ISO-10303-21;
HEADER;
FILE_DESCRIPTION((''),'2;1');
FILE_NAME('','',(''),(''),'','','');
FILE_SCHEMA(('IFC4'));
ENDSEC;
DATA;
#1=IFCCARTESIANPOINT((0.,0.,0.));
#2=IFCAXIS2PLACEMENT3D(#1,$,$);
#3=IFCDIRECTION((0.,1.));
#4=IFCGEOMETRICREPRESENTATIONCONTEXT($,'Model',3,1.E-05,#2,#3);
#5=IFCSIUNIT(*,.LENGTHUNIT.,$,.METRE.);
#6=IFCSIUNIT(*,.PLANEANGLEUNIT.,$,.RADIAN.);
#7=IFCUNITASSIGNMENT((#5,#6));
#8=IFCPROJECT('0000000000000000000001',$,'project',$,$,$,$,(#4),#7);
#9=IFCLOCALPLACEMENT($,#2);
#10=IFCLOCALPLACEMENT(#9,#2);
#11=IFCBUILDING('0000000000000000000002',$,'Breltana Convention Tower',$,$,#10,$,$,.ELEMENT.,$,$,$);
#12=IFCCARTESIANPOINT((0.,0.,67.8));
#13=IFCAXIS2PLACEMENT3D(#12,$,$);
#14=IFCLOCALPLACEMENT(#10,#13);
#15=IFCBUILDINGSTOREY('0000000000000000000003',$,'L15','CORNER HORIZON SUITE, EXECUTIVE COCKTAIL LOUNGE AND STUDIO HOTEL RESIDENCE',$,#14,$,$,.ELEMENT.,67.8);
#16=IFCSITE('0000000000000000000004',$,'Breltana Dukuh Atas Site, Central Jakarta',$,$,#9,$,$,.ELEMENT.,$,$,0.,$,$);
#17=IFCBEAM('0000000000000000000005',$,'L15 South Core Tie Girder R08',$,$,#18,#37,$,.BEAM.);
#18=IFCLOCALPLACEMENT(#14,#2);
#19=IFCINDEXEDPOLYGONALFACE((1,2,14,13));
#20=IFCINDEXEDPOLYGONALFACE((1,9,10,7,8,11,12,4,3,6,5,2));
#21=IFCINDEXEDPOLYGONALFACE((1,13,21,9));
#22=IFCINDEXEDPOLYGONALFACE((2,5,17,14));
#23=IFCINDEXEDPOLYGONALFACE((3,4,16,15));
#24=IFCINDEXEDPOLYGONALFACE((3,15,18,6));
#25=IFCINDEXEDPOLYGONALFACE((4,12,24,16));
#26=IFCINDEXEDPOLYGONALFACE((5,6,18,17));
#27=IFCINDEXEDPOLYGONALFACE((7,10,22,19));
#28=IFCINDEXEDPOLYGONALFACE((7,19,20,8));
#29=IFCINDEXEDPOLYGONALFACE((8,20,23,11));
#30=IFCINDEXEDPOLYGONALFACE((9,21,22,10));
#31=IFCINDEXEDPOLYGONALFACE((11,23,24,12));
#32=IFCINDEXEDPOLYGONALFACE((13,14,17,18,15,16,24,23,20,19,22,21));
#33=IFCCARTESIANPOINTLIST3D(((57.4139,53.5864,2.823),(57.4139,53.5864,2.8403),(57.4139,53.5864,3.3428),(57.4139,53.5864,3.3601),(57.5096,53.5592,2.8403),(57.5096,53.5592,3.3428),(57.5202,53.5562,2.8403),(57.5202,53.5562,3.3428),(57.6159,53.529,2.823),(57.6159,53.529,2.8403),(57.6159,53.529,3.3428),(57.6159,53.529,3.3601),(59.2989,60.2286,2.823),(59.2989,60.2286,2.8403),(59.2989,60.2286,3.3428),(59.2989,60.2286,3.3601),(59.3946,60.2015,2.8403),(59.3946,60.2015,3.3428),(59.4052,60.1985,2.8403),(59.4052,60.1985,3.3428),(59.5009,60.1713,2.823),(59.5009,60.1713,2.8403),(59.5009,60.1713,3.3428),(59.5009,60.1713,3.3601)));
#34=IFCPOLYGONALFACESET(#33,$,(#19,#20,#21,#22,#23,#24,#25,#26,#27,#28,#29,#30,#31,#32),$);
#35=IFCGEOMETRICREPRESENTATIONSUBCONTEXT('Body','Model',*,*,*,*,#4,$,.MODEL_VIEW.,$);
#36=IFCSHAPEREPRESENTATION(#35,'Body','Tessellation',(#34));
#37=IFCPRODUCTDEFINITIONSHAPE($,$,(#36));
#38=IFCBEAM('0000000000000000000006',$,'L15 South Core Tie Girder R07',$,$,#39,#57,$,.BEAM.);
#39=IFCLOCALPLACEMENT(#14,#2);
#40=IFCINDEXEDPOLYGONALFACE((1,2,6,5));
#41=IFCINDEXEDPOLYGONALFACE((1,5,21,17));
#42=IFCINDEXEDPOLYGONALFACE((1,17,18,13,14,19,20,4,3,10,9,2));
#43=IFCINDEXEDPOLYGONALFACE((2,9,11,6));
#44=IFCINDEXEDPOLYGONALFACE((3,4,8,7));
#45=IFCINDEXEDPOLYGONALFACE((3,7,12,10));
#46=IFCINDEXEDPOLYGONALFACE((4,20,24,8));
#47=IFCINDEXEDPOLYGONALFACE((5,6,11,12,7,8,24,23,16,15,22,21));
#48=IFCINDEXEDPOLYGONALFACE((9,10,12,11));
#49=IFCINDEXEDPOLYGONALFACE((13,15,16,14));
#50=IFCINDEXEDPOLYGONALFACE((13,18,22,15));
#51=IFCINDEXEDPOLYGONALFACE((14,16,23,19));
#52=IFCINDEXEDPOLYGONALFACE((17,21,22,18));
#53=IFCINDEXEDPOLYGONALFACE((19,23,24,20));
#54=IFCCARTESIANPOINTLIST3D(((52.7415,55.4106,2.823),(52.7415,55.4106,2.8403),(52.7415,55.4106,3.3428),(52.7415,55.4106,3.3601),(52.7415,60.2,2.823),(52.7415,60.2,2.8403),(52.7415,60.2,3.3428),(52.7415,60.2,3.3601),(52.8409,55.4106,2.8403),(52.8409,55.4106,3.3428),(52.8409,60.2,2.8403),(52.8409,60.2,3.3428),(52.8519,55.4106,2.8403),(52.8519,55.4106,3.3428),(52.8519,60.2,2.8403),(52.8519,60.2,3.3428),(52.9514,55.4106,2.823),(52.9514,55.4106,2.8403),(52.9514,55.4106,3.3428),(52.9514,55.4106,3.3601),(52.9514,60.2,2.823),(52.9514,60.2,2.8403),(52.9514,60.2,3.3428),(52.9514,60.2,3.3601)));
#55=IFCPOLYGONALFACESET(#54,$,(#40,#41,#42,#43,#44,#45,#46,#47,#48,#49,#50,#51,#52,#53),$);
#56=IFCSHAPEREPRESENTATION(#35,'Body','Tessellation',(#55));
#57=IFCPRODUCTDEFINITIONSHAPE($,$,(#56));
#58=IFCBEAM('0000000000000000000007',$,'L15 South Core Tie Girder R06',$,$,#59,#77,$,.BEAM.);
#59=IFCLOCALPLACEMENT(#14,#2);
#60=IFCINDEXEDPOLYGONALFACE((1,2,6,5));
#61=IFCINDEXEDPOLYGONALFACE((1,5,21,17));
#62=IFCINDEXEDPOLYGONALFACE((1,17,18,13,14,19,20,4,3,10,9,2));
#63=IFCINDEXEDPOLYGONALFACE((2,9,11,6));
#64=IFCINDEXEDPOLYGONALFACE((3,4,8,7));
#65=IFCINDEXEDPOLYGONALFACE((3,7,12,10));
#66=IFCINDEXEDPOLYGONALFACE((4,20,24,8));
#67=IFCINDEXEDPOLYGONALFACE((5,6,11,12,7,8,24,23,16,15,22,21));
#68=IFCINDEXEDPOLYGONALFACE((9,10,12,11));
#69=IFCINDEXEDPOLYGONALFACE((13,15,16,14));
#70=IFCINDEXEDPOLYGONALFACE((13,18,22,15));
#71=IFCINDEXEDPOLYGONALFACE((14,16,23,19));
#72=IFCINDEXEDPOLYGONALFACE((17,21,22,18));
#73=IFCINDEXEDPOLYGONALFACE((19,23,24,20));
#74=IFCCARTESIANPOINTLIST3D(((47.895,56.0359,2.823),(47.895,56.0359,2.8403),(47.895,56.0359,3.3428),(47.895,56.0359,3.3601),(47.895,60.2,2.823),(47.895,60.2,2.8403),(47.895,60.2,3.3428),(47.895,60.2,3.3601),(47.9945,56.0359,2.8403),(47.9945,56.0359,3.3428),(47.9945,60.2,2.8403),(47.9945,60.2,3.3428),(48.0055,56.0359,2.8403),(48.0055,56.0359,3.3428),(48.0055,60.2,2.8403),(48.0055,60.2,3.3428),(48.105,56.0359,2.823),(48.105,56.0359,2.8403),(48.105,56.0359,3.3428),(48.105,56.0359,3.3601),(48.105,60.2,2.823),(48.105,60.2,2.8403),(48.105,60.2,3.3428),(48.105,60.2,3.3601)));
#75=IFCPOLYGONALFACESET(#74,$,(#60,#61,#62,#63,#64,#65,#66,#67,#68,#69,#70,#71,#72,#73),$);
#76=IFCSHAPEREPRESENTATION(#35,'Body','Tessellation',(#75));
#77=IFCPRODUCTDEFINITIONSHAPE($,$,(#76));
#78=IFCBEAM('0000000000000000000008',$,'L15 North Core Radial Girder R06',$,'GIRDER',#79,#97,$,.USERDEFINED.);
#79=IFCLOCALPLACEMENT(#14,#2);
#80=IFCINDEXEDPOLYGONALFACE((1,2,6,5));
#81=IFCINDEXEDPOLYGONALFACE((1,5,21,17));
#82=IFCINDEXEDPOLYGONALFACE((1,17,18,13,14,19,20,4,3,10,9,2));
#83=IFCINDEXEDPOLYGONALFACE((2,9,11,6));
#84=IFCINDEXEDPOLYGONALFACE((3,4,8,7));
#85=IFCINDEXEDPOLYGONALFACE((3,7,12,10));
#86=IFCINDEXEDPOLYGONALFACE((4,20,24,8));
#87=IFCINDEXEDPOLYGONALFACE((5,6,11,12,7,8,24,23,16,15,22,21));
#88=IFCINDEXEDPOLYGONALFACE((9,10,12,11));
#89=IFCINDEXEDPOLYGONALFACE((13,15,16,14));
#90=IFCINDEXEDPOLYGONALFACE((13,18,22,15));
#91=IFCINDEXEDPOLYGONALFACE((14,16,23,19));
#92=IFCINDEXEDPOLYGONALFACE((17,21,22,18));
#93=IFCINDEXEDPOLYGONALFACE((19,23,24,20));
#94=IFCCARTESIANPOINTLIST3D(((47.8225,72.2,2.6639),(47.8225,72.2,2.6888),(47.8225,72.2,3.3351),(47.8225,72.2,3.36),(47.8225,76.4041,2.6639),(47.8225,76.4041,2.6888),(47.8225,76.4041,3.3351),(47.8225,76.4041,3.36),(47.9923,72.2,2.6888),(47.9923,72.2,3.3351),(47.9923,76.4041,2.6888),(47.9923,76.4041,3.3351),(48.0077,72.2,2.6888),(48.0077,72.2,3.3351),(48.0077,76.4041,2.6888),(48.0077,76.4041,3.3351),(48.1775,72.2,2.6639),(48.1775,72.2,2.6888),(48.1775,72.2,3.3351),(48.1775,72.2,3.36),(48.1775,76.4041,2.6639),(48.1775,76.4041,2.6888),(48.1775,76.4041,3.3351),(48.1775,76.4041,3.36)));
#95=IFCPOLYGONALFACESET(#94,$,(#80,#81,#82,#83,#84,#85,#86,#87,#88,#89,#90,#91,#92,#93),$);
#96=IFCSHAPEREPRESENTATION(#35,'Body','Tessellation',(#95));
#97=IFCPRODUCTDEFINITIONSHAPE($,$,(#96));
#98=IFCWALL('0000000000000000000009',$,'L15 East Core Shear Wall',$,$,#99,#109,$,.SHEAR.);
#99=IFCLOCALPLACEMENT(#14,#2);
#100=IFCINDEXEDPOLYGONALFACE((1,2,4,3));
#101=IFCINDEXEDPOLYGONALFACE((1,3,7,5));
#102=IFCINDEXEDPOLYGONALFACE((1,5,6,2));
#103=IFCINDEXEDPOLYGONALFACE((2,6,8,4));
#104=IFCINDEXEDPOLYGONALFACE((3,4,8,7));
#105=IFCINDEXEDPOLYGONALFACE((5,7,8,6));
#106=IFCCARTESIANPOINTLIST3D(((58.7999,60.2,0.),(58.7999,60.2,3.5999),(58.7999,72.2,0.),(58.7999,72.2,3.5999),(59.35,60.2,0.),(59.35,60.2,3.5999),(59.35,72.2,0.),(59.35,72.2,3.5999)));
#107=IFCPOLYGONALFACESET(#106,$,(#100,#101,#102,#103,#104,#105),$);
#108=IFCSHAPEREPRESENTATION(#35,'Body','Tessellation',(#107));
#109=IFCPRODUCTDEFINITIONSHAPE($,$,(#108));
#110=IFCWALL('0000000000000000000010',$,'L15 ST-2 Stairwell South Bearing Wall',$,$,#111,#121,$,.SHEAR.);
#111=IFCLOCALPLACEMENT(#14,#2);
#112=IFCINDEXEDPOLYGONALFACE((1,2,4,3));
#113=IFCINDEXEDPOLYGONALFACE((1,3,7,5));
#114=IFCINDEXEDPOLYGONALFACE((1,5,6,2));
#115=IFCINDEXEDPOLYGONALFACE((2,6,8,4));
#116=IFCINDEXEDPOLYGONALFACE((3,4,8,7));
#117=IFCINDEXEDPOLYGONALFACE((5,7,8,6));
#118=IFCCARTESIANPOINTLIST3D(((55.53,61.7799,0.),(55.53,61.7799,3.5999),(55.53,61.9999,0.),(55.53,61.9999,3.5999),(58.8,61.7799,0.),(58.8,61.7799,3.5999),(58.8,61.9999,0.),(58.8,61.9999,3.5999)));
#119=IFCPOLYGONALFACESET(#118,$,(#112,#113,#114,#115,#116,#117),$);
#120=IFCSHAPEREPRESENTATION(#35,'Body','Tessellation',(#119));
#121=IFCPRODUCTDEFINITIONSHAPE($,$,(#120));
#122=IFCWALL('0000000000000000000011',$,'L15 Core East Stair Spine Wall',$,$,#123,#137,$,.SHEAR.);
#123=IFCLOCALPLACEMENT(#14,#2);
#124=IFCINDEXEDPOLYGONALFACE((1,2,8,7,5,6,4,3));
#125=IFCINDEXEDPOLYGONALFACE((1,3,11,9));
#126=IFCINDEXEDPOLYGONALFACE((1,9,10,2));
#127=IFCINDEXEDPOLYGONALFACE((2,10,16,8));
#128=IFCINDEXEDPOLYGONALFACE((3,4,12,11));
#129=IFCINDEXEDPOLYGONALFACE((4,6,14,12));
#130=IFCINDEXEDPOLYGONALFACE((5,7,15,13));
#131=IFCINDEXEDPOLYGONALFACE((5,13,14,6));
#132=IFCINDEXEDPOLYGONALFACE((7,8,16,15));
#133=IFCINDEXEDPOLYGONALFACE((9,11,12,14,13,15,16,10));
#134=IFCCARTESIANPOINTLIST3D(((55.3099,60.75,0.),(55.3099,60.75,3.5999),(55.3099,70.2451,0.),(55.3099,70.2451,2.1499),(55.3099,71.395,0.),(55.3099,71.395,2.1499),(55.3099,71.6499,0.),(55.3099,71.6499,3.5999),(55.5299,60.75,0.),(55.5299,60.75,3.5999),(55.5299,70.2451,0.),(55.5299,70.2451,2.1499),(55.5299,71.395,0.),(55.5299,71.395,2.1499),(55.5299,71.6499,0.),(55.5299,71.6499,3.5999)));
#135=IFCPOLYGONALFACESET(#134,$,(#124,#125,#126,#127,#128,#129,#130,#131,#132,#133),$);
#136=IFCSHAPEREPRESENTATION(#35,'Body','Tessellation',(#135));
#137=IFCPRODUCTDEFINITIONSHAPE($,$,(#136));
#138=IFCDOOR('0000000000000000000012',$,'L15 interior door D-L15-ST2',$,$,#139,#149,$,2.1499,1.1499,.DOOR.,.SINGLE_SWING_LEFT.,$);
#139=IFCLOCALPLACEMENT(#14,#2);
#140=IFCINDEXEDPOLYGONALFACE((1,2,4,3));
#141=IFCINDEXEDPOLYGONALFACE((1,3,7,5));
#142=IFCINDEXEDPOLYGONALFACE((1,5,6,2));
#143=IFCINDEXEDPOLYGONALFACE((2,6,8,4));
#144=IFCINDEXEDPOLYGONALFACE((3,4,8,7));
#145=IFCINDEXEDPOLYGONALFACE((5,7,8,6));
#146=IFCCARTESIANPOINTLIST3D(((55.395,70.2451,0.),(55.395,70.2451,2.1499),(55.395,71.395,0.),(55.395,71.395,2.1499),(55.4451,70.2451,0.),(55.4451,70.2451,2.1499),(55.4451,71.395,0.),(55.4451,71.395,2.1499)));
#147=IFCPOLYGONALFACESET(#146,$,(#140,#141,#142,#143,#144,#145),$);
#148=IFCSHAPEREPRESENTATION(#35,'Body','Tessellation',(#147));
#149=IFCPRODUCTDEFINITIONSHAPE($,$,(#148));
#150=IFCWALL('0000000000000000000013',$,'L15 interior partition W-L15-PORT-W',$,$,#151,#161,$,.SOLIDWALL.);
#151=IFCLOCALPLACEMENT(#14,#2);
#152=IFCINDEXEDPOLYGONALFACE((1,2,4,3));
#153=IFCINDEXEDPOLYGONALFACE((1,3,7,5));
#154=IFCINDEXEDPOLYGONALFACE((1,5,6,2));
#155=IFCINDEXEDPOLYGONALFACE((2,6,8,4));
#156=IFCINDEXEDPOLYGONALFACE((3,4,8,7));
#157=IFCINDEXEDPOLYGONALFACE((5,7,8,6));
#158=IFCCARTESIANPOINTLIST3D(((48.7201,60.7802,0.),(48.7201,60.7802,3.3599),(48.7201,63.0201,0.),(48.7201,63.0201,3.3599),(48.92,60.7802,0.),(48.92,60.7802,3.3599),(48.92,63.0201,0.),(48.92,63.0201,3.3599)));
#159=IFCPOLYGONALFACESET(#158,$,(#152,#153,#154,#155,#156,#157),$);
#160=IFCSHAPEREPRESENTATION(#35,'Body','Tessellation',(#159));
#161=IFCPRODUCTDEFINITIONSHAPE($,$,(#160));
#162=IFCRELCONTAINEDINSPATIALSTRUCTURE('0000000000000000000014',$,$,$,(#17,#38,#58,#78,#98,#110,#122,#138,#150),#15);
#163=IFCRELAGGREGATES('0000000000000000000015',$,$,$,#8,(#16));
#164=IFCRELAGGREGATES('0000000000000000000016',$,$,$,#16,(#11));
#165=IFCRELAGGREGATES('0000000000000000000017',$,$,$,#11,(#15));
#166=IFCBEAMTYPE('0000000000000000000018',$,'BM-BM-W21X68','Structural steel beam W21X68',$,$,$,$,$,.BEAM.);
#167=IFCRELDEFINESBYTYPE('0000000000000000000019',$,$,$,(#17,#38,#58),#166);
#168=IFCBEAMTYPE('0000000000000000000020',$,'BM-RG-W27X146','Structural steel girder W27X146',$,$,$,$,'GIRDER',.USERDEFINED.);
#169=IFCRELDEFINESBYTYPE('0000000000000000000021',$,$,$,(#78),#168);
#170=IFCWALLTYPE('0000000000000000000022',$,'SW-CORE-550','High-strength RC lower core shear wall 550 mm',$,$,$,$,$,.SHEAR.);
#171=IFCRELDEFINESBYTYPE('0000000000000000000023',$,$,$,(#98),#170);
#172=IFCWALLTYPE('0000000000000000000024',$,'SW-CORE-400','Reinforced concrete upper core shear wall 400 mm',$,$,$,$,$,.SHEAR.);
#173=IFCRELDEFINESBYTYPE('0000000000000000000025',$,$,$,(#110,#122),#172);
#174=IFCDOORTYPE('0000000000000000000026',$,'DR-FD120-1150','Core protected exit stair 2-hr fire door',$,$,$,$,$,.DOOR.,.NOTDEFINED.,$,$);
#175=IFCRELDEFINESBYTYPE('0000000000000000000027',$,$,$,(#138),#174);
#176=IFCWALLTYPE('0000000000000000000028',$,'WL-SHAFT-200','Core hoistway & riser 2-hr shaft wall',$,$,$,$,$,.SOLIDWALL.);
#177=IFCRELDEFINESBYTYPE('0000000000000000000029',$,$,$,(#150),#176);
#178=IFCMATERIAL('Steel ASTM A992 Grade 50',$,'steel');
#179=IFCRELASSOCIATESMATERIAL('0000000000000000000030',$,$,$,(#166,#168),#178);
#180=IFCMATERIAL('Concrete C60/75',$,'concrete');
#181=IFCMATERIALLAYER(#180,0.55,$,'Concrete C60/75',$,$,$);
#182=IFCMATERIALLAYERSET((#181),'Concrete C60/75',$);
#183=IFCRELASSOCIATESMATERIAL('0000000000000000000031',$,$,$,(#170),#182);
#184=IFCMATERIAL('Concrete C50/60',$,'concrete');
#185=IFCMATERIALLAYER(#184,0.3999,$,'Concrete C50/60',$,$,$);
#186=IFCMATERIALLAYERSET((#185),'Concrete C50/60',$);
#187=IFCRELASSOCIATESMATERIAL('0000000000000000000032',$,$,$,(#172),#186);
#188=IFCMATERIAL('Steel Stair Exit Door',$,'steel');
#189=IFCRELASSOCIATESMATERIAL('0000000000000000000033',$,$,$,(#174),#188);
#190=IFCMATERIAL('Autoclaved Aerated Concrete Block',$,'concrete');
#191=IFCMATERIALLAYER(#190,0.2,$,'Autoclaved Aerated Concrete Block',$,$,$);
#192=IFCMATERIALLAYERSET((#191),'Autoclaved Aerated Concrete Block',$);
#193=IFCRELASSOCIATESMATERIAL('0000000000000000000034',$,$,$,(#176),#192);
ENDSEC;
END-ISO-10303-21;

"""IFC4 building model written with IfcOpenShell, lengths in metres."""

from ifc_helpers import new_model, si_unit, direction, frame, frame_2d, origin, origin_2d, place, context, subcontext, project, spatial, rectangle, i_section, extrude, source, transform, mapped, material, layer, layer_set, material_profile, profile_set, type_object, type_shapes, element, fill, save


model = new_model("IFC4")

# Units and contexts
model_context = context("Model", 3, precision=1e-05, world=origin(), true_north=direction((0.0, 1.0)))
body_context = subcontext(model_context, "Body", "Model", "MODEL_VIEW")
ifc_project = project(units=[si_unit("LENGTHUNIT", "METRE"), si_unit("PLANEANGLEUNIT", "RADIAN")], contexts=[model_context])

# Site, building, storey
site_placement = place(None, origin())
site = spatial("IfcSite", under=ifc_project, at=site_placement, Name="Breltana Dukuh Atas Site, Central Jakarta", CompositionType="ELEMENT", RefElevation=0.0)
building_placement = place(site_placement, origin())
building = spatial("IfcBuilding", under=site, at=building_placement, Name="Breltana Convention Tower", CompositionType="ELEMENT")
storey_placement = place(building_placement, frame((0.0, 0.0, 67.8)))
storey = spatial("IfcBuildingStorey", under=building, at=storey_placement, Name="L15", Description="CORNER HORIZON SUITE, EXECUTIVE COCKTAIL LOUNGE AND STUDIO HOTEL RESIDENCE", CompositionType="ELEMENT", Elevation=67.8)

# Beams
ifc_material_1 = material(Name="Steel ASTM A992 Grade 50", Category="steel")
ifc_material_profile_1 = material_profile(ifc_material_1, i_section(OverallWidth=0.21, OverallDepth=0.5371, WebThickness=0.011, FlangeThickness=0.0173, at=origin_2d()), Name="W21X68")
ifc_profile_set_1 = profile_set([ifc_material_profile_1], Name="Steel ASTM A992 Grade 50")
beam_type_1 = type_object("IfcBeamType", Name="BM-BM-W21X68", Description="Structural steel beam W21X68", PredefinedType="BEAM", material=ifc_profile_set_1)
shared_shape_1 = source(origin(), body_context, "Body", "SweptSolid", [
    extrude(i_section(OverallWidth=0.21, OverallDepth=0.5371, WebThickness=0.011, FlangeThickness=0.0173, at=origin_2d()), origin(), (0.0, 0.0, 1.0), 6.9045),
])
type_shapes(beam_type_1, [shared_shape_1])
beam_1_placement = place(storey_placement, frame((59.3999, 60.2, 3.0916), z_axis=(-0.273007, -0.962012, 0.0), x_axis=(0.962012, -0.273007, 0.0)))
element("IfcBeam", 1, at=beam_1_placement, inside=storey, type_object=beam_type_1, Name="L15 South Core Tie Girder R08", PredefinedType="BEAM", context=body_context, shape_type="MappedRepresentation", body=[
    mapped(shared_shape_1, transform((0.0, 0.0, 0.0), scale=1.0)),
])
shared_shape_2 = source(origin(), body_context, "Body", "SweptSolid", [
    extrude(i_section(OverallWidth=0.21, OverallDepth=0.5371, WebThickness=0.011, FlangeThickness=0.0173, at=origin_2d()), origin(), (0.0, 0.0, 1.0), 4.7893),
])
beam_2_placement = place(storey_placement, frame((52.8464, 60.2, 3.0916), z_axis=(0.0, -1.0, 0.0), x_axis=(1.0, 0.0, 0.0)))
element("IfcBeam", 2, at=beam_2_placement, inside=storey, type_object=beam_type_1, Name="L15 South Core Tie Girder R07", PredefinedType="BEAM", context=body_context, shape_type="MappedRepresentation", body=[
    mapped(shared_shape_2, transform((0.0, 0.0, 0.0), scale=1.0)),
])
shared_shape_3 = source(origin(), body_context, "Body", "SweptSolid", [
    extrude(i_section(OverallWidth=0.21, OverallDepth=0.5371, WebThickness=0.011, FlangeThickness=0.0173, at=origin_2d()), origin(), (0.0, 0.0, 1.0), 4.1641),
])
beam_3_placement = place(storey_placement, frame((48.0, 60.2, 3.0916), z_axis=(0.0, -1.0, 0.0), x_axis=(1.0, 0.0, 0.0)))
element("IfcBeam", 3, at=beam_3_placement, inside=storey, type_object=beam_type_1, Name="L15 South Core Tie Girder R06", PredefinedType="BEAM", context=body_context, shape_type="MappedRepresentation", body=[
    mapped(shared_shape_3, transform((0.0, 0.0, 0.0), scale=1.0)),
])
ifc_material_profile_2 = material_profile(ifc_material_1, i_section(OverallWidth=0.355, OverallDepth=0.696, WebThickness=0.0154, FlangeThickness=0.0249, at=origin_2d()), Name="W27X146")
ifc_profile_set_2 = profile_set([ifc_material_profile_2], Name="Steel ASTM A992 Grade 50")
beam_type_2 = type_object("IfcBeamType", Name="BM-RG-W27X146", Description="Structural steel girder W27X146", ElementType="GIRDER", PredefinedType="USERDEFINED", material=ifc_profile_set_2)
shared_shape_4 = source(origin(), body_context, "Body", "SweptSolid", [
    extrude(i_section(OverallWidth=0.355, OverallDepth=0.696, WebThickness=0.0154, FlangeThickness=0.0249, at=origin_2d()), origin(), (0.0, 0.0, 1.0), 4.2041),
])
beam_4_placement = place(storey_placement, frame((48.0, 72.2, 3.012), z_axis=(0.0, 1.0, 0.0), x_axis=(-1.0, 0.0, 0.0)))
element("IfcBeam", 4, at=beam_4_placement, inside=storey, type_object=beam_type_2, Name="L15 North Core Radial Girder R06", ObjectType="GIRDER", PredefinedType="USERDEFINED", context=body_context, shape_type="MappedRepresentation", body=[
    mapped(shared_shape_4, transform((0.0, 0.0, 0.0), scale=1.0)),
])

# Walls
ifc_material_2 = material(Name="Concrete C60/75", Category="concrete")
ifc_layer_1 = layer(ifc_material_2, 0.55, Name="Concrete C60/75")
ifc_layer_set_1 = layer_set([ifc_layer_1], Name="Concrete C60/75")
wall_type_1 = type_object("IfcWallType", Name="SW-CORE-550", Description="High-strength RC lower core shear wall 550 mm", PredefinedType="SHEAR", material=ifc_layer_set_1)
shared_shape_5 = source(origin(), body_context, "Body", "SweptSolid", [
    extrude(rectangle(XDim=12.0, YDim=0.55, at=frame_2d((6.0, 0.0))), origin(), (0.0, 0.0, 1.0), 3.5999),
])
wall_1_placement = place(storey_placement, frame((59.075, 60.2, 0.0), z_axis=(0.0, 0.0, 1.0), x_axis=(0.0, 1.0, 0.0)))
element("IfcWall", 5, at=wall_1_placement, inside=storey, type_object=wall_type_1, Name="L15 East Core Shear Wall", PredefinedType="SHEAR", context=body_context, shape_type="MappedRepresentation", body=[
    mapped(shared_shape_5, transform((0.0, 0.0, 0.0), scale=1.0)),
])
ifc_material_3 = material(Name="Concrete C50/60", Category="concrete")
ifc_layer_2 = layer(ifc_material_3, 0.3999, Name="Concrete C50/60")
ifc_layer_set_2 = layer_set([ifc_layer_2], Name="Concrete C50/60")
wall_type_2 = type_object("IfcWallType", Name="SW-CORE-400", Description="Reinforced concrete upper core shear wall 400 mm", PredefinedType="SHEAR", material=ifc_layer_set_2)
shared_shape_6 = source(origin(), body_context, "Body", "SweptSolid", [
    extrude(rectangle(XDim=3.27, YDim=0.22, at=frame_2d((1.635, 0.0))), origin(), (0.0, 0.0, 1.0), 3.5999),
])
wall_2_placement = place(storey_placement, frame((55.53, 61.8899, 0.0), z_axis=(0.0, 0.0, 1.0), x_axis=(1.0, 0.0, 0.0)))
element("IfcWall", 6, at=wall_2_placement, inside=storey, type_object=wall_type_2, Name="L15 ST-2 Stairwell South Bearing Wall", PredefinedType="SHEAR", context=body_context, shape_type="MappedRepresentation", body=[
    mapped(shared_shape_6, transform((0.0, 0.0, 0.0), scale=1.0)),
])

# Wall, opening, door
shared_shape_7 = source(origin(), body_context, "Body", "SweptSolid", [
    extrude(rectangle(XDim=10.8999, YDim=0.22, at=frame_2d((5.45, 0.0))), origin(), (0.0, 0.0, 1.0), 3.5999),
])
wall_3_placement = place(storey_placement, frame((55.4199, 60.75, 0.0), z_axis=(0.0, 0.0, 1.0), x_axis=(0.0, 1.0, 0.0)))
wall_3 = element("IfcWall", 7, at=wall_3_placement, inside=storey, type_object=wall_type_2, Name="L15 Core East Stair Spine Wall", PredefinedType="SHEAR", context=body_context, shape_type="MappedRepresentation", body=[
    mapped(shared_shape_7, transform((0.0, 0.0, 0.0), scale=1.0)),
])
opening_1_placement = place(wall_3_placement, frame((9.4951, 0.0, 0.0)))
opening_1 = element("IfcOpeningElement", 8, at=opening_1_placement, cuts=wall_3, PredefinedType="OPENING", context=body_context, shape_type="SweptSolid", body=[
    extrude(rectangle(XDim=1.1499, YDim=2.1499, at=frame_2d((0.575, 1.075))), frame((0.0, 0.1201, 0.0), z_axis=(0.0, -1.0, 0.0), x_axis=(1.0, 0.0, 0.0)), (0.0, 0.0, 1.0), 0.24),
])
ifc_material_4 = material(Name="Steel Stair Exit Door", Category="steel")
door_type_1 = type_object("IfcDoorType", Name="DR-FD120-1150", Description="Core protected exit stair 2-hr fire door", OperationType="NOTDEFINED", PredefinedType="DOOR", material=ifc_material_4)
shared_shape_8 = source(origin(), body_context, "Body", "SweptSolid", [
    extrude(rectangle(XDim=1.1499, YDim=2.1499, at=frame_2d((0.575, 1.075))), frame((0.0, 0.0249, 0.0), z_axis=(0.0, -1.0, 0.0), x_axis=(1.0, 0.0, 0.0)), (0.0, 0.0, 1.0), 0.05),
])
type_shapes(door_type_1, [shared_shape_8])
door_1_placement = place(opening_1_placement, origin())
door_1 = element("IfcDoor", 9, at=door_1_placement, inside=storey, type_object=door_type_1, Name="L15 interior door D-L15-ST2", OperationType="SINGLE_SWING_LEFT", OverallHeight=2.1499, OverallWidth=1.1499, PredefinedType="DOOR", context=body_context, shape_type="MappedRepresentation", body=[
    mapped(shared_shape_8, transform((0.0, 0.0, 0.0), scale=1.0)),
])
fill(opening_1, door_1)

# Wall
ifc_material_5 = material(Name="Autoclaved Aerated Concrete Block", Category="concrete")
ifc_layer_3 = layer(ifc_material_5, 0.2, Name="Autoclaved Aerated Concrete Block")
ifc_layer_set_3 = layer_set([ifc_layer_3], Name="Autoclaved Aerated Concrete Block")
wall_type_3 = type_object("IfcWallType", Name="WL-SHAFT-200", Description="Core hoistway & riser 2-hr shaft wall", PredefinedType="SOLIDWALL", material=ifc_layer_set_3)
shared_shape_9 = source(origin(), body_context, "Body", "SweptSolid", [
    extrude(rectangle(XDim=2.24, YDim=0.2, at=frame_2d((1.1201, 0.0))), origin(), (0.0, 0.0, 1.0), 3.3599),
])
for number, where, z_axis, x_axis, name in (
    (10, (48.8201, 60.78, 0.0), (0.0, 0.0, 1.0), (0.0, 1.0, 0.0), "L15 interior partition W-L15-PORT-W"),
):
    element("IfcWall", number, at=place(storey_placement, frame(where, z_axis=z_axis, x_axis=x_axis)), inside=storey, type_object=wall_type_3, Name=name, PredefinedType="SOLIDWALL", context=body_context, shape_type="MappedRepresentation", body=[
        mapped(shared_shape_9, transform((0.0, 0.0, 0.0), scale=1.0)),
    ])

save(model, "model.ifc")
